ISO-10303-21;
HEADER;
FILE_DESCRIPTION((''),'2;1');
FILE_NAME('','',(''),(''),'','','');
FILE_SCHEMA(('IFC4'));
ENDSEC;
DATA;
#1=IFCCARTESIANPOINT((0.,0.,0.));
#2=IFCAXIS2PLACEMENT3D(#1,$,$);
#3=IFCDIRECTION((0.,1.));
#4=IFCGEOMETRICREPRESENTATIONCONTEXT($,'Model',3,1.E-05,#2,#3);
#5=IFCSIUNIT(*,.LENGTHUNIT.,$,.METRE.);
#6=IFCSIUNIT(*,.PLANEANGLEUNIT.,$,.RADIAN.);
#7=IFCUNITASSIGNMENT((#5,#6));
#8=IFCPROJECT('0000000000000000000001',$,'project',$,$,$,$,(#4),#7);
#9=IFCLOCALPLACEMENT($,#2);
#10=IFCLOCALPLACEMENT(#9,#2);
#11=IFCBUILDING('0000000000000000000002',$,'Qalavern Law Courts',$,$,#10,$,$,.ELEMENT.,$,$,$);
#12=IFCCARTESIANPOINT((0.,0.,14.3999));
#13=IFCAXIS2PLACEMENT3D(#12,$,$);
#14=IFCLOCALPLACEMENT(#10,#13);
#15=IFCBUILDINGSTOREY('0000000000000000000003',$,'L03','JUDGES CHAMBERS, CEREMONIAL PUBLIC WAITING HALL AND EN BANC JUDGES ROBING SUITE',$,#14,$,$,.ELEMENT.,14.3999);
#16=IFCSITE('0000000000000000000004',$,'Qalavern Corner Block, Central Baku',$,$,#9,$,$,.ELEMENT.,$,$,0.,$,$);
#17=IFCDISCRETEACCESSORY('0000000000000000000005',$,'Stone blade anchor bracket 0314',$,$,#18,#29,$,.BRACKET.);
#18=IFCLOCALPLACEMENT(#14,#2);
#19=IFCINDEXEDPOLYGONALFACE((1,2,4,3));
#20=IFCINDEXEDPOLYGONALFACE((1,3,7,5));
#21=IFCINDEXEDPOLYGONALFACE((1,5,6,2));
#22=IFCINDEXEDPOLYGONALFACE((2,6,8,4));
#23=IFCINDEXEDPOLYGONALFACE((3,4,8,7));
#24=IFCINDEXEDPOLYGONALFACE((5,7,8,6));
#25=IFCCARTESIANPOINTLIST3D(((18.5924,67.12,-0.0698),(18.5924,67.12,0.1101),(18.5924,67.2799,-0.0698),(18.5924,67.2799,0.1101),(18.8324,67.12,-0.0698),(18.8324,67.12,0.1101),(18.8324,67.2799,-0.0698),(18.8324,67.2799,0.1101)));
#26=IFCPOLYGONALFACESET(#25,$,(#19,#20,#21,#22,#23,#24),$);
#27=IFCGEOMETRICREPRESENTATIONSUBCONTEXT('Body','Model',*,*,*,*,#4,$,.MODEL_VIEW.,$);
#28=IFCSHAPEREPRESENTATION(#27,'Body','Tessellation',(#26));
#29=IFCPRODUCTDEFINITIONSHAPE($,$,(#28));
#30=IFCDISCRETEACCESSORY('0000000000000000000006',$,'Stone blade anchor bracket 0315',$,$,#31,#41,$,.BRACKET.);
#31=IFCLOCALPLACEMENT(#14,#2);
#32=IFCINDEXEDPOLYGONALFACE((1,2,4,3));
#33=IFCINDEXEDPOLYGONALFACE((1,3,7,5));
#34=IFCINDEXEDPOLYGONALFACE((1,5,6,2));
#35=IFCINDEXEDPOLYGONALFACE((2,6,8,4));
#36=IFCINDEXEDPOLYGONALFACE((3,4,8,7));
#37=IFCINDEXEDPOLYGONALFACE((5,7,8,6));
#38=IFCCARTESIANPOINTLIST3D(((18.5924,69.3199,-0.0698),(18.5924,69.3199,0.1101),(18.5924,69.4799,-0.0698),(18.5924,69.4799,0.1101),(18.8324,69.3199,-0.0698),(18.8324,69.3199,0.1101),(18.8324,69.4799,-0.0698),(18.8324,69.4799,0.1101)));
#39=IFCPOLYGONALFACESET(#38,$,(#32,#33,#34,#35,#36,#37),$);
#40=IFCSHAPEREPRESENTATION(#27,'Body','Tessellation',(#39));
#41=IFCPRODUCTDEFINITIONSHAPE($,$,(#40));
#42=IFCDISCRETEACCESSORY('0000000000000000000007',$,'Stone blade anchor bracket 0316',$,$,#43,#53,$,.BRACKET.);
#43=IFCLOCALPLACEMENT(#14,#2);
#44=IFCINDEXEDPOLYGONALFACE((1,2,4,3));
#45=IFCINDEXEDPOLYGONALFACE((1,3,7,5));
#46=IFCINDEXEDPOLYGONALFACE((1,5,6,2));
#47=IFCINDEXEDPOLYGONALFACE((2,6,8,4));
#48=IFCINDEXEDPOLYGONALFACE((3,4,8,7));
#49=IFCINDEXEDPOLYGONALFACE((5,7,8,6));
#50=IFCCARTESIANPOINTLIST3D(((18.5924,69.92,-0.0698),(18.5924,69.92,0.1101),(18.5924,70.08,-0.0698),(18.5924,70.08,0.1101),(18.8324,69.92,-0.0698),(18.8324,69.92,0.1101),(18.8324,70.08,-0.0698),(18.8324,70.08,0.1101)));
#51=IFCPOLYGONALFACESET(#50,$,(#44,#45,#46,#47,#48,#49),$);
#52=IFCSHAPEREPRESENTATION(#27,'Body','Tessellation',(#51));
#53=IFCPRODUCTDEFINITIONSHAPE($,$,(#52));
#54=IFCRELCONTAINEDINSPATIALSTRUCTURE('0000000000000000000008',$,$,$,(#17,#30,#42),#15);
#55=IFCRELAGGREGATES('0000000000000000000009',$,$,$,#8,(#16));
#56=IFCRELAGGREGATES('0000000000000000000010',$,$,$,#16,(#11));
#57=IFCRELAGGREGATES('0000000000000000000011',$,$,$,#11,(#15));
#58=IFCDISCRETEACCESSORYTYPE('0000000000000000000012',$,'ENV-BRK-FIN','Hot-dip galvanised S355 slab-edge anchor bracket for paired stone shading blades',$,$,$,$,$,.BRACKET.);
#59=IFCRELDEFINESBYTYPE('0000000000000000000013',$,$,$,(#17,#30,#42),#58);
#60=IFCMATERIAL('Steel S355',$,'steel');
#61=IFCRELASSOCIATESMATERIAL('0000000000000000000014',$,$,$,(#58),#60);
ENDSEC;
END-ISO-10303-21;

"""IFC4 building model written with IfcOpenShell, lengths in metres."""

from ifc_helpers import new_model, si_unit, direction, frame, origin, origin_2d, place, context, subcontext, project, spatial, rectangle, extrude, material, type_object, element, save


model = new_model("IFC4")

# Units and contexts
model_context = context("Model", 3, precision=1e-05, world=origin(), true_north=direction((0.0, 1.0)))
body_context = subcontext(model_context, "Body", "Model", "MODEL_VIEW")
ifc_project = project(units=[si_unit("LENGTHUNIT", "METRE"), si_unit("PLANEANGLEUNIT", "RADIAN")], contexts=[model_context])

# Site, building, storey
site_placement = place(None, origin())
site = spatial("IfcSite", under=ifc_project, at=site_placement, Name="Qalavern Corner Block, Central Baku", CompositionType="ELEMENT", RefElevation=0.0)
building_placement = place(site_placement, origin())
building = spatial("IfcBuilding", under=site, at=building_placement, Name="Qalavern Law Courts", CompositionType="ELEMENT")
storey_placement = place(building_placement, frame((0.0, 0.0, 14.3999)))
storey = spatial("IfcBuildingStorey", under=building, at=storey_placement, Name="L03", Description="JUDGES CHAMBERS, CEREMONIAL PUBLIC WAITING HALL AND EN BANC JUDGES ROBING SUITE", CompositionType="ELEMENT", Elevation=14.3999)

# Shared definitions
ifc_material_1 = material(Name="Steel S355", Category="steel")

# Discrete accessories
discrete_accessory_type = type_object("IfcDiscreteAccessoryType", Name="ENV-BRK-FIN", Description="Hot-dip galvanised S355 slab-edge anchor bracket for paired stone shading blades", PredefinedType="BRACKET", material=ifc_material_1)
for number, where, z_axis, x_axis, name in (
    (1, (18.7124, 67.2, -0.0698), (0.0, 0.0, 1.0), (1.0, 0.0, 0.0), "Stone blade anchor bracket 0314"),
    (2, (18.7124, 69.3999, -0.0698), (0.0, 0.0, 1.0), (1.0, 0.0, 0.0), "Stone blade anchor bracket 0315"),
    (3, (18.7124, 70.0, -0.0698), (0.0, 0.0, 1.0), (1.0, 0.0, 0.0), "Stone blade anchor bracket 0316"),
):
    element("IfcDiscreteAccessory", number, at=place(storey_placement, frame(where, z_axis=z_axis, x_axis=x_axis)), inside=storey, type_object=discrete_accessory_type, Name=name, PredefinedType="BRACKET", context=body_context, shape_type="SweptSolid", body=[
        extrude(rectangle(XDim=0.24, YDim=0.1599, at=origin_2d()), origin(), (0.0, 0.0, 1.0), 0.1799),
    ])

save(model, "model.ifc")
